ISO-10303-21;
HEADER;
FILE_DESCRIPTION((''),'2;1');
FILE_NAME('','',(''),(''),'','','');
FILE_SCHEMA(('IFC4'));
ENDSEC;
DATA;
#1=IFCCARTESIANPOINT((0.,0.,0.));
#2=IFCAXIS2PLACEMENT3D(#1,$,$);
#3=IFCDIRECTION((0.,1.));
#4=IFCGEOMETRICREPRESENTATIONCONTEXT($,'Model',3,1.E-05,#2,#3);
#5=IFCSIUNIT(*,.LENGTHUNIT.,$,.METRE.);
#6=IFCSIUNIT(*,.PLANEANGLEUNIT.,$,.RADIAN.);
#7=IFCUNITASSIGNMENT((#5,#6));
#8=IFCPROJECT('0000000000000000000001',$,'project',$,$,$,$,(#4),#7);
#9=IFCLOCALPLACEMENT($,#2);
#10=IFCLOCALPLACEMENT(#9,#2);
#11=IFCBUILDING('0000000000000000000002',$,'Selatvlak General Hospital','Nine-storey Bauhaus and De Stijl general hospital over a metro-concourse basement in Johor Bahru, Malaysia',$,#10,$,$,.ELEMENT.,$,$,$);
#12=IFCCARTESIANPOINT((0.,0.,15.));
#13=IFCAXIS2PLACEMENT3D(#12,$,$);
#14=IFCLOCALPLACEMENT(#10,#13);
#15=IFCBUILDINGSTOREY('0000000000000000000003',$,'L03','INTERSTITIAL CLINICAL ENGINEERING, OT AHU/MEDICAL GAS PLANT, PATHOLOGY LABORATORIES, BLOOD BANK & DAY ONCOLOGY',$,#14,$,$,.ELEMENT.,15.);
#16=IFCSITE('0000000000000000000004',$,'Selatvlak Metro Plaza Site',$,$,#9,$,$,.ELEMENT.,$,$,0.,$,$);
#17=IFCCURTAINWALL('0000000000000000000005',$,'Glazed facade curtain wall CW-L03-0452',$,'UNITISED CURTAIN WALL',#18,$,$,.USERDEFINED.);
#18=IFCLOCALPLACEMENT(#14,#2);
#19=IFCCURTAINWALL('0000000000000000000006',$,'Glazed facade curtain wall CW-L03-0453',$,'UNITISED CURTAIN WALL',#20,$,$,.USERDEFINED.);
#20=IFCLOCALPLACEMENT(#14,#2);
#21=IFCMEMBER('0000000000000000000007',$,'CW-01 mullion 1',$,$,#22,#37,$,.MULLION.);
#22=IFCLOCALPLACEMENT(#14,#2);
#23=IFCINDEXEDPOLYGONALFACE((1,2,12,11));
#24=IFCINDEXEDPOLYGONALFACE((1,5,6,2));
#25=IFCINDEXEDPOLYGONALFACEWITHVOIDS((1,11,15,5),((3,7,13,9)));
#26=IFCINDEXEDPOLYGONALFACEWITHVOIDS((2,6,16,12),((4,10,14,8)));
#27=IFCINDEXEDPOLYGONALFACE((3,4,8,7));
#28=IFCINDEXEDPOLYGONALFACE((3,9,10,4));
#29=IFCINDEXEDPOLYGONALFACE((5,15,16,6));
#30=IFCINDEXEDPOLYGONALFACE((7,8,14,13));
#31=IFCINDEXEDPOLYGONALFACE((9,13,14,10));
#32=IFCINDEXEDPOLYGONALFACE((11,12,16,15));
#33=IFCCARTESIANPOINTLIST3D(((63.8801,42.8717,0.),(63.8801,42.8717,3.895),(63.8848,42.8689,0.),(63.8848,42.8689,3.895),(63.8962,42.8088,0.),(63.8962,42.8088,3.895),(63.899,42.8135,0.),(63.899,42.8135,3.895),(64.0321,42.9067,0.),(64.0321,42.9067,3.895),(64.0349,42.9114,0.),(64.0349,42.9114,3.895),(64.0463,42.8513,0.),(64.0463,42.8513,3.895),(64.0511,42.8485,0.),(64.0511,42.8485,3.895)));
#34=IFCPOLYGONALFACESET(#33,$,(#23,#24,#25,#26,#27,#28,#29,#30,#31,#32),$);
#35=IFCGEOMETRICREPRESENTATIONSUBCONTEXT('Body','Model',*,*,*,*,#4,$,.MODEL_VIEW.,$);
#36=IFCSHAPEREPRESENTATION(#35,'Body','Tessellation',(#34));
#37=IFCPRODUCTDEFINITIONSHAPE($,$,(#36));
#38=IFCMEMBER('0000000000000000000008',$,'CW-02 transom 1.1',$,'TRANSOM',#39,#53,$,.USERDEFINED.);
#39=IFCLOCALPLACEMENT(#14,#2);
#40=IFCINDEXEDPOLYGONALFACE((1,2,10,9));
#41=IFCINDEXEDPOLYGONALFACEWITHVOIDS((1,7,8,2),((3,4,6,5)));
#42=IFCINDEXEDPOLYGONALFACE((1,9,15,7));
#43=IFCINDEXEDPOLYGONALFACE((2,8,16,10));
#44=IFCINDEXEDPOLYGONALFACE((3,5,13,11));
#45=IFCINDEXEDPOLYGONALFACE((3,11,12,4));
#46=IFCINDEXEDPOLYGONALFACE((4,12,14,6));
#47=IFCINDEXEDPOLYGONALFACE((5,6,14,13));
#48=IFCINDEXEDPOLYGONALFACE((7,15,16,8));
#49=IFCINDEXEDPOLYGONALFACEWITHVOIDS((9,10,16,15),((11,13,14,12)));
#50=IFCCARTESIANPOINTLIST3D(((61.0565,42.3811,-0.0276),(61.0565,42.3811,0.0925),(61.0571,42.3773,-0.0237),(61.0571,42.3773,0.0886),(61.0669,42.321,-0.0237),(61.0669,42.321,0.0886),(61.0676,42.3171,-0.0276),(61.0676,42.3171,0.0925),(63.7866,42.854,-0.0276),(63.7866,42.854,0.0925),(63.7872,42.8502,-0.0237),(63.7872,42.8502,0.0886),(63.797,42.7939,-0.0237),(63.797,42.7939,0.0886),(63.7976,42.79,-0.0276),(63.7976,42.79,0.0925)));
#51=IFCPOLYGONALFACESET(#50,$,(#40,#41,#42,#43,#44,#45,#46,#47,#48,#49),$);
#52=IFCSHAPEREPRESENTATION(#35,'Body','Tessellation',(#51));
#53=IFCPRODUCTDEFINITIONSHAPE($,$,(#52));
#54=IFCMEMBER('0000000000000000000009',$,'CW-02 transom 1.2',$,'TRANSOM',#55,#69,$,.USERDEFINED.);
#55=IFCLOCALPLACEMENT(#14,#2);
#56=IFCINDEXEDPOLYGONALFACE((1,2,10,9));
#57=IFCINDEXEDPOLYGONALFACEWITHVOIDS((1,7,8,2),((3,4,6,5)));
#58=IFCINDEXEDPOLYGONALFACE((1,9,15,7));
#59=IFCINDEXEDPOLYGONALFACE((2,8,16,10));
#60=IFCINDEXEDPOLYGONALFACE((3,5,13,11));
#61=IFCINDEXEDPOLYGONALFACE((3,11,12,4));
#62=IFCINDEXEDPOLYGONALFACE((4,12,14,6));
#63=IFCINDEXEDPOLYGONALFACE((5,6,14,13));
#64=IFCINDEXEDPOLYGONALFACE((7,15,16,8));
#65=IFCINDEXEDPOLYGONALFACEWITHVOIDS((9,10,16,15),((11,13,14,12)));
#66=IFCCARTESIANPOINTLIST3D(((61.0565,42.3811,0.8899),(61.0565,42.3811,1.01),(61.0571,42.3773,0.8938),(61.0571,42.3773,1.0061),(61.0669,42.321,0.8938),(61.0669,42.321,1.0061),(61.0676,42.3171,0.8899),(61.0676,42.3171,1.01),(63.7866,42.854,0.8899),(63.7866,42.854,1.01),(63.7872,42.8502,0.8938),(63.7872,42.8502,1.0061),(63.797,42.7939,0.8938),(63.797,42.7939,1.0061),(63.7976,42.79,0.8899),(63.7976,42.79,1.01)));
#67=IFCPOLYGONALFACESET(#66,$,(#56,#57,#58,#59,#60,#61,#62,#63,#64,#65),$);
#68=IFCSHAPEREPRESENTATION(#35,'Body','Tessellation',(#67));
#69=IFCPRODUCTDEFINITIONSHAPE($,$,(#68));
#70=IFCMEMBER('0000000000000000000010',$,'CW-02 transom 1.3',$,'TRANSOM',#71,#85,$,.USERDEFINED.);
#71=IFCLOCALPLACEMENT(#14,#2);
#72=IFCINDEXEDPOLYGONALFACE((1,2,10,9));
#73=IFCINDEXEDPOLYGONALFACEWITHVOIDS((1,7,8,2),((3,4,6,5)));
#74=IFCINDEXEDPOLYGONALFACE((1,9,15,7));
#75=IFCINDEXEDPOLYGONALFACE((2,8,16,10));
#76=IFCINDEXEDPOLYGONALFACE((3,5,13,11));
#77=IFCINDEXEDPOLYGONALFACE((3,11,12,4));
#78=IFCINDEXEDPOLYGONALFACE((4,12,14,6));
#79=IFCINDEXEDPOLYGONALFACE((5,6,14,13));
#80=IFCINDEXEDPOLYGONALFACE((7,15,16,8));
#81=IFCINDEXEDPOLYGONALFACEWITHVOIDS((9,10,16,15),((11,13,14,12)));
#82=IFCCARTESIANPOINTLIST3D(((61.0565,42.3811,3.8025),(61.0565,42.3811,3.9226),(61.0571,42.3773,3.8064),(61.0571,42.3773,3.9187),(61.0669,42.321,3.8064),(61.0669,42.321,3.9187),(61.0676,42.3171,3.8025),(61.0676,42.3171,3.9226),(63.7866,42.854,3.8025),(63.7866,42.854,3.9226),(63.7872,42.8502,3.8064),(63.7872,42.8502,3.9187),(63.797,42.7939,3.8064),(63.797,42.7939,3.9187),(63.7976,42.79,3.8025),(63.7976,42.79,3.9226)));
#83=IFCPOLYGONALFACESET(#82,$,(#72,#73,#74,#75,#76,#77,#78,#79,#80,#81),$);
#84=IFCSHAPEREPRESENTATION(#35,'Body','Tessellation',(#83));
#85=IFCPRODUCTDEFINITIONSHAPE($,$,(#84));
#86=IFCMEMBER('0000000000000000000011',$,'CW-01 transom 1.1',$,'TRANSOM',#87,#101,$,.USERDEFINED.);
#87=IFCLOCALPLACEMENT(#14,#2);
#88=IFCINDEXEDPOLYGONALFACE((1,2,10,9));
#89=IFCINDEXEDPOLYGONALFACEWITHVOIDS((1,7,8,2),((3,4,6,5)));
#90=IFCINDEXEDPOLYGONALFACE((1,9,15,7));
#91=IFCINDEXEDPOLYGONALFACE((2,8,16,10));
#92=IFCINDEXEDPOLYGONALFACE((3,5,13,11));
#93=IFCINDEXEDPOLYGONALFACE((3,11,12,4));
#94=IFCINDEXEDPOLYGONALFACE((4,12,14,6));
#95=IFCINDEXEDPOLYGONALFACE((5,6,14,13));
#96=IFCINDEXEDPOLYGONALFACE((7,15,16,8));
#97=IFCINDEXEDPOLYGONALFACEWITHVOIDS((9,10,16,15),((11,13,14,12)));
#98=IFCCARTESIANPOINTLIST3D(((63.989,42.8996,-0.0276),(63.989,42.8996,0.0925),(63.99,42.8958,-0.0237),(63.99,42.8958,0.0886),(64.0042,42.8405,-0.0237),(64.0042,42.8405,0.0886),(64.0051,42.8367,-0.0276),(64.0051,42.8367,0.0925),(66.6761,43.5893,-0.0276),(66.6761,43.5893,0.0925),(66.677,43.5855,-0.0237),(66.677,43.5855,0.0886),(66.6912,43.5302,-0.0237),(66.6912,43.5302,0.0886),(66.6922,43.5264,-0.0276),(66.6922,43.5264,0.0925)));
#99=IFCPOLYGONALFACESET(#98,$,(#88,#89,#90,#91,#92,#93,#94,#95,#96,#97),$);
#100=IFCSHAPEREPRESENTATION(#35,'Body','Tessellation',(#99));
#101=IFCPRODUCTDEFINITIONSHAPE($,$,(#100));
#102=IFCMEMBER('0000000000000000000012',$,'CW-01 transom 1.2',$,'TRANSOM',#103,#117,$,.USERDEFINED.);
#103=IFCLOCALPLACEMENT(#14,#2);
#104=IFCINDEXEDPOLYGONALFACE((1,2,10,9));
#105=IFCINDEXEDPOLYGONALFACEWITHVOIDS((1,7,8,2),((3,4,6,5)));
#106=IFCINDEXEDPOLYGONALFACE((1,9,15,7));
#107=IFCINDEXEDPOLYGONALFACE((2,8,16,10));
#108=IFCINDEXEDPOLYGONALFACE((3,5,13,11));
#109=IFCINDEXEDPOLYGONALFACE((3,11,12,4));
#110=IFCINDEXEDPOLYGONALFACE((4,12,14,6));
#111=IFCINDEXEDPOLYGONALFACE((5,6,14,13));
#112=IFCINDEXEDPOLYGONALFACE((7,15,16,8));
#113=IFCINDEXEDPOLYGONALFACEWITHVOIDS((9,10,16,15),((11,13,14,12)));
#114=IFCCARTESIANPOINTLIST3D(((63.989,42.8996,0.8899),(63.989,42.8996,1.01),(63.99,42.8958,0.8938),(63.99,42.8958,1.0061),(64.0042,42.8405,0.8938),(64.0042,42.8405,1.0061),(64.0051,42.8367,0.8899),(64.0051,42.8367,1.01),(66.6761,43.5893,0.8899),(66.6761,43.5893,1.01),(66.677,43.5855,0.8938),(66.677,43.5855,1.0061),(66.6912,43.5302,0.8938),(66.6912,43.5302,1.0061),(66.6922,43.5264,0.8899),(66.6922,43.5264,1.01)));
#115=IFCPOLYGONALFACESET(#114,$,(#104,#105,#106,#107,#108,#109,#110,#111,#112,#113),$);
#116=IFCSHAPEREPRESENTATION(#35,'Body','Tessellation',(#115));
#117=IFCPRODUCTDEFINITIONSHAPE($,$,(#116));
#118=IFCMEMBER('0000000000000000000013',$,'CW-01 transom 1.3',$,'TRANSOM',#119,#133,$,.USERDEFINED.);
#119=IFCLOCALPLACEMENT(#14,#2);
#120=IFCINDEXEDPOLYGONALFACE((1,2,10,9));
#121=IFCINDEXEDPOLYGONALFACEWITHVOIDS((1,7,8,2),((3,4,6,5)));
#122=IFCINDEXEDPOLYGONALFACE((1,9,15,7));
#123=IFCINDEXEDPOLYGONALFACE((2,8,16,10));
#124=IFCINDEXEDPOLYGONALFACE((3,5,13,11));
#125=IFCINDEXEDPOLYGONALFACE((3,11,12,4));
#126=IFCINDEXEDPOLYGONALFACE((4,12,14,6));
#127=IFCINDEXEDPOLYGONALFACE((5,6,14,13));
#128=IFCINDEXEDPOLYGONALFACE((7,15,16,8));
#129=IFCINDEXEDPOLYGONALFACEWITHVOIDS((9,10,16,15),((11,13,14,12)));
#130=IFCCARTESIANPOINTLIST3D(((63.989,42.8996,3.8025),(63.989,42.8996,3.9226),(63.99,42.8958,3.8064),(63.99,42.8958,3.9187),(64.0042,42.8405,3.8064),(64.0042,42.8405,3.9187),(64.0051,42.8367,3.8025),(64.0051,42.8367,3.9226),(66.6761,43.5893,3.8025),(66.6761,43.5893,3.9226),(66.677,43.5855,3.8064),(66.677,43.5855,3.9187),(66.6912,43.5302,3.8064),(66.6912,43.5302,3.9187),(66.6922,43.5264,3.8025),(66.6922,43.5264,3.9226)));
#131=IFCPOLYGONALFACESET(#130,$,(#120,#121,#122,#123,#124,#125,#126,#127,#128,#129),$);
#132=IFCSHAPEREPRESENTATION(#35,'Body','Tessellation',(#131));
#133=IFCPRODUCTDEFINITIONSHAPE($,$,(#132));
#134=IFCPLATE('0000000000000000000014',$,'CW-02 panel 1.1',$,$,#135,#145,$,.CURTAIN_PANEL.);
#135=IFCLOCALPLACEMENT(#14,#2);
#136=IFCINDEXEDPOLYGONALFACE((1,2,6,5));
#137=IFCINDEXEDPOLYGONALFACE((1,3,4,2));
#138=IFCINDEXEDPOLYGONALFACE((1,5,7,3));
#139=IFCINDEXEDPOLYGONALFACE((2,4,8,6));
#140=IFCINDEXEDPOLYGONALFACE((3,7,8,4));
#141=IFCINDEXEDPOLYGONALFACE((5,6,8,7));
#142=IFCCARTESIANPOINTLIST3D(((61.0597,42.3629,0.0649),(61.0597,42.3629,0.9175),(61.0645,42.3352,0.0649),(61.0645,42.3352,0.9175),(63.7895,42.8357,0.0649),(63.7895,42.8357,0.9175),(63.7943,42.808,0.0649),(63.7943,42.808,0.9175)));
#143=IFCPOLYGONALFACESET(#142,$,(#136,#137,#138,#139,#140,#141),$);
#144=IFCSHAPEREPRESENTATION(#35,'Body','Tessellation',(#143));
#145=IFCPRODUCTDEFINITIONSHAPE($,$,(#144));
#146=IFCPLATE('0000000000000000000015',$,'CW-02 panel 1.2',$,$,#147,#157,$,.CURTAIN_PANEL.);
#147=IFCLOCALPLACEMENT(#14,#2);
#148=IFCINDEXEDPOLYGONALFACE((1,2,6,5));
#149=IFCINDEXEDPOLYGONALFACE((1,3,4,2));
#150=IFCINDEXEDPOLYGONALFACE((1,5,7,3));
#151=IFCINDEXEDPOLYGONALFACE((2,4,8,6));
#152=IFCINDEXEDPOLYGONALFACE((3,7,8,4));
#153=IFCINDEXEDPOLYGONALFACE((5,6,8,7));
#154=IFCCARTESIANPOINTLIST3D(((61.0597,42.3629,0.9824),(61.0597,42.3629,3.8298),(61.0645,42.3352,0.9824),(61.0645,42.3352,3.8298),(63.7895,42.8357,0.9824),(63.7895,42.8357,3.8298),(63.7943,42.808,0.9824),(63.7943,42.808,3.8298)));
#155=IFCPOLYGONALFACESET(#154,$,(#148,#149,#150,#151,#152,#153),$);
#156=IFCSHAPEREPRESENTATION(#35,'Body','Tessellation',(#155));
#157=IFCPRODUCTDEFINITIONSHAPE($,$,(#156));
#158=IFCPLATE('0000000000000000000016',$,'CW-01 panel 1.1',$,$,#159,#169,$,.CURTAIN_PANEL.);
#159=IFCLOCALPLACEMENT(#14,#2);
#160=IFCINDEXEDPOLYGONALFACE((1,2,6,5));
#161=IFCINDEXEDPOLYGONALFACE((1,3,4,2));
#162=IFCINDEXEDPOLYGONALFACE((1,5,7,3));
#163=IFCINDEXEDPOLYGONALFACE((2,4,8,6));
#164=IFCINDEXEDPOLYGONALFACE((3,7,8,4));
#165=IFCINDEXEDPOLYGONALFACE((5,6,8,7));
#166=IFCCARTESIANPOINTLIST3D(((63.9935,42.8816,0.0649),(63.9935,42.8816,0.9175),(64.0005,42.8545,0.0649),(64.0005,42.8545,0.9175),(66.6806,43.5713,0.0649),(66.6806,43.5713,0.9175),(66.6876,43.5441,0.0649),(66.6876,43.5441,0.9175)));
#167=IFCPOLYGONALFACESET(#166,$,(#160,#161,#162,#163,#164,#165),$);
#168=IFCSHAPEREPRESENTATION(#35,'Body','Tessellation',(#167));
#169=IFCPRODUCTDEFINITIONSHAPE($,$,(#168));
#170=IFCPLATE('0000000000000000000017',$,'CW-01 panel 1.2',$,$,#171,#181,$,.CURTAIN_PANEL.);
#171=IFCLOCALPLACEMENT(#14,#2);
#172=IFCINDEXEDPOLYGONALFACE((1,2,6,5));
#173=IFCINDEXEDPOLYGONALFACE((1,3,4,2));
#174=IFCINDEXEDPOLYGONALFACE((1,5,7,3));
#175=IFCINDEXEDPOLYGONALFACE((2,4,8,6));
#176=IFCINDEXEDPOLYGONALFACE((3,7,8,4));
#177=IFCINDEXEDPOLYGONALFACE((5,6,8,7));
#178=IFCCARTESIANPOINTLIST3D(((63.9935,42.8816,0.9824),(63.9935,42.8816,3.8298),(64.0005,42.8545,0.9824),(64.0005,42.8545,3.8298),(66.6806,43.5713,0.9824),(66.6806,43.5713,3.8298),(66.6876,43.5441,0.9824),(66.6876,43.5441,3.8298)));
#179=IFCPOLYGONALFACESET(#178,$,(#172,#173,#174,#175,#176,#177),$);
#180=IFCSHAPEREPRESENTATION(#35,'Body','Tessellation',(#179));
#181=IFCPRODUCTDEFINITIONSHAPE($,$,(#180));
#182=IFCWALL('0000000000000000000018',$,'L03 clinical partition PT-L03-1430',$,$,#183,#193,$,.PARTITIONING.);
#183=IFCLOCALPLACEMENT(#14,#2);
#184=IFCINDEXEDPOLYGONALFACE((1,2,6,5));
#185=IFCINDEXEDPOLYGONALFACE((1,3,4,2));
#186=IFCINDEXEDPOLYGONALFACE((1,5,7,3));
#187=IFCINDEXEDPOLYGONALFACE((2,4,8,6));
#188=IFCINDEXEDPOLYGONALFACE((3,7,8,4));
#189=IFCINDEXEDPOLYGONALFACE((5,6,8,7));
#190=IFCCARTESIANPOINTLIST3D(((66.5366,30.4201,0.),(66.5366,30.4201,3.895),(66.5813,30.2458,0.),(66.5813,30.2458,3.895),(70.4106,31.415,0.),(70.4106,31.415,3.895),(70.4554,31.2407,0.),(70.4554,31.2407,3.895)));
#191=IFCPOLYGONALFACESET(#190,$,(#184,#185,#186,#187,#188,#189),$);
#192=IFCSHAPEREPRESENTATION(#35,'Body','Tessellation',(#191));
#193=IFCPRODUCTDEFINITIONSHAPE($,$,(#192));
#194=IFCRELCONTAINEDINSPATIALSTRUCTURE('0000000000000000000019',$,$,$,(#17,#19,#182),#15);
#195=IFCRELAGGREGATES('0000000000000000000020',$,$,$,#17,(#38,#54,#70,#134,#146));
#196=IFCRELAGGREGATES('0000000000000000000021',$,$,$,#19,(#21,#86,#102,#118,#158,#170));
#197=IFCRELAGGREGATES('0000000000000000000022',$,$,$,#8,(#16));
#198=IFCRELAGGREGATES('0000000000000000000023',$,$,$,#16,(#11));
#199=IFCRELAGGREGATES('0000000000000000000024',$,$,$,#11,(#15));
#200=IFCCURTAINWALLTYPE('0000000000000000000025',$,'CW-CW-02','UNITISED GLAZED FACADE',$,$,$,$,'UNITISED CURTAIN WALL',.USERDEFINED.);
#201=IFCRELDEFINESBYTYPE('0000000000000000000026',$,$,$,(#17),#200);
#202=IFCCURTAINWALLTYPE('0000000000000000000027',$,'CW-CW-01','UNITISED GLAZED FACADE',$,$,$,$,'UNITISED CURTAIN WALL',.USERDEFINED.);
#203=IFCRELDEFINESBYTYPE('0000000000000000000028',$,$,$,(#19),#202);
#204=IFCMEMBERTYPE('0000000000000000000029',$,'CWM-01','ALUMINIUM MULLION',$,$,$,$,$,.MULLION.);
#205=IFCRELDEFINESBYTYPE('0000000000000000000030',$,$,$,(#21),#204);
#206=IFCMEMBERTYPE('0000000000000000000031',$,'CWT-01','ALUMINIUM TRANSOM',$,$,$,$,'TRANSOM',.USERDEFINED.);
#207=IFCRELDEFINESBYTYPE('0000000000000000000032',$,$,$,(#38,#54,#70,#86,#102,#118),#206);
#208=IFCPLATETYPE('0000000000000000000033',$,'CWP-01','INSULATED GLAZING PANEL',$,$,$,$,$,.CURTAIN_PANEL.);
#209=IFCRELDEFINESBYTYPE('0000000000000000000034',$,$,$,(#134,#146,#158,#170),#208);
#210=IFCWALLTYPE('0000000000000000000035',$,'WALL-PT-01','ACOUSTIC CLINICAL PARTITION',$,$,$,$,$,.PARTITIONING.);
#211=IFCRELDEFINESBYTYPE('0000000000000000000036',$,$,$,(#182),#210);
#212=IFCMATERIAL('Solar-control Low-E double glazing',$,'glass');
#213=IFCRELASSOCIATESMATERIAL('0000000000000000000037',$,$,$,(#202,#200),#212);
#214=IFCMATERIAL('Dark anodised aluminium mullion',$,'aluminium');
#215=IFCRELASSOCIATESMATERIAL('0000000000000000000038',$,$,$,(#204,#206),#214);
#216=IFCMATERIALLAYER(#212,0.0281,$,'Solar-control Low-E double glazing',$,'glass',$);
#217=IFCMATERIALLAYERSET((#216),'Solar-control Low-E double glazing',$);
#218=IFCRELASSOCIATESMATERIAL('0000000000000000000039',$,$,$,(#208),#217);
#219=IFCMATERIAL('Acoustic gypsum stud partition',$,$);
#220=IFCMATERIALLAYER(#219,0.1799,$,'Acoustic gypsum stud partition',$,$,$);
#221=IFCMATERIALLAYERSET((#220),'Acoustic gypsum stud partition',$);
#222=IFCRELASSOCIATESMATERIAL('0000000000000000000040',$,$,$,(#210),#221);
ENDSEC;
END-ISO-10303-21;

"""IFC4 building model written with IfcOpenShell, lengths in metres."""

from ifc_helpers import new_model, si_unit, direction, frame, frame_2d, origin, origin_2d, place, context, subcontext, project, spatial, rectangle, hollow_rectangle, extrude, material, layer, layer_set, material_profile, profile_set, type_object, element, aggregate, save


model = new_model("IFC4")

# Units and contexts
model_context = context("Model", 3, precision=1e-05, world=origin(), true_north=direction((0.0, 1.0)))
body_context = subcontext(model_context, "Body", "Model", "MODEL_VIEW")
ifc_project = project(units=[si_unit("LENGTHUNIT", "METRE"), si_unit("PLANEANGLEUNIT", "RADIAN")], contexts=[model_context])

# Site, building, storey
site_placement = place(None, origin())
site = spatial("IfcSite", under=ifc_project, at=site_placement, Name="Selatvlak Metro Plaza Site", CompositionType="ELEMENT", RefElevation=0.0)
building_placement = place(site_placement, origin())
building = spatial("IfcBuilding", under=site, at=building_placement, Name="Selatvlak General Hospital", Description="Nine-storey Bauhaus and De Stijl general hospital over a metro-concourse basement in Johor Bahru, Malaysia", CompositionType="ELEMENT")
storey_placement = place(building_placement, frame((0.0, 0.0, 15.0)))
storey = spatial("IfcBuildingStorey", under=building, at=storey_placement, Name="L03", Description="INTERSTITIAL CLINICAL ENGINEERING, OT AHU/MEDICAL GAS PLANT, PATHOLOGY LABORATORIES, BLOOD BANK & DAY ONCOLOGY", CompositionType="ELEMENT", Elevation=15.0)

# Shared definitions
ifc_material_1 = material(Name="Solar-control Low-E double glazing", Category="glass")
curtain_wall_type_1 = type_object("IfcCurtainWallType", Name="CW-CW-01", Description="UNITISED GLAZED FACADE", ElementType="UNITISED CURTAIN WALL", PredefinedType="USERDEFINED", material=ifc_material_1)
ifc_material_2 = material(Name="Dark anodised aluminium mullion", Category="aluminium")
ifc_material_profile_1 = material_profile(ifc_material_2, hollow_rectangle(XDim=0.0649, YDim=0.1599, WallThickness=0.0039, at=origin_2d()), Name="AL-MUL 65x160x4")
ifc_profile_set_1 = profile_set([ifc_material_profile_1], Name="Dark anodised aluminium mullion")
member_type_1 = type_object("IfcMemberType", Name="CWM-01", Description="ALUMINIUM MULLION", PredefinedType="MULLION", material=ifc_profile_set_1)

# Curtain wall
curtain_wall_type_2 = type_object("IfcCurtainWallType", Name="CW-CW-02", Description="UNITISED GLAZED FACADE", ElementType="UNITISED CURTAIN WALL", PredefinedType="USERDEFINED", material=ifc_material_1)
curtain_wall_1_placement = place(storey_placement, origin())
curtain_wall_1 = element("IfcCurtainWall", 1, at=curtain_wall_1_placement, inside=storey, type_object=curtain_wall_type_2, Name="Glazed facade curtain wall CW-L03-0452", ObjectType="UNITISED CURTAIN WALL", PredefinedType="USERDEFINED")

# Curtain wall, member
curtain_wall_2_placement = place(storey_placement, origin())
curtain_wall_2 = element("IfcCurtainWall", 2, at=curtain_wall_2_placement, inside=storey, type_object=curtain_wall_type_1, Name="Glazed facade curtain wall CW-L03-0453", ObjectType="UNITISED CURTAIN WALL", PredefinedType="USERDEFINED")
member_1_placement = place(storey_placement, frame((63.9656, 42.8601, 0.0), z_axis=(0.0, 0.0, 1.0), x_axis=(-0.248607, 0.968604, 0.0)))
member_1 = element("IfcMember", 3, at=member_1_placement, type_object=member_type_1, Name="CW-01 mullion 1", PredefinedType="MULLION", context=body_context, shape_type="SweptSolid", body=[
    extrude(hollow_rectangle(XDim=0.0649, YDim=0.1599, WallThickness=0.0039, at=origin_2d()), origin(), (0.0, 0.0, 1.0), 3.895),
])

# Members
ifc_material_profile_2 = material_profile(ifc_material_2, hollow_rectangle(XDim=0.0649, YDim=0.1201, WallThickness=0.0039, at=origin_2d()), Name="AL-TRN 65x120x4")
ifc_profile_set_2 = profile_set([ifc_material_profile_2], Name="Dark anodised aluminium mullion")
member_type_2 = type_object("IfcMemberType", Name="CWT-01", Description="ALUMINIUM TRANSOM", ElementType="TRANSOM", PredefinedType="USERDEFINED", material=ifc_profile_set_2)
member_2_placement = place(storey_placement, frame((61.062, 42.3491, 0.0325), z_axis=(0.985326, 0.170683, 0.0), x_axis=(-0.170683, 0.985326, 0.0)))
member_2 = element("IfcMember", 4, at=member_2_placement, type_object=member_type_2, Name="CW-02 transom 1.1", ObjectType="TRANSOM", PredefinedType="USERDEFINED", context=body_context, shape_type="SweptSolid", body=[
    extrude(hollow_rectangle(XDim=0.0649, YDim=0.1201, WallThickness=0.0039, at=origin_2d()), origin(), (0.0, 0.0, 1.0), 2.7708),
])
member_3_placement = place(storey_placement, frame((61.062, 42.3491, 0.95), z_axis=(0.985326, 0.170683, 0.0), x_axis=(-0.170683, 0.985326, 0.0)))
member_3 = element("IfcMember", 5, at=member_3_placement, type_object=member_type_2, Name="CW-02 transom 1.2", ObjectType="TRANSOM", PredefinedType="USERDEFINED", context=body_context, shape_type="SweptSolid", body=[
    extrude(hollow_rectangle(XDim=0.0649, YDim=0.1201, WallThickness=0.0039, at=origin_2d()), origin(), (0.0, 0.0, 1.0), 2.7708),
])
member_4_placement = place(storey_placement, frame((61.062, 42.3491, 3.8625), z_axis=(0.985326, 0.170683, 0.0), x_axis=(-0.170683, 0.985326, 0.0)))
member_4 = element("IfcMember", 6, at=member_4_placement, type_object=member_type_2, Name="CW-02 transom 1.3", ObjectType="TRANSOM", PredefinedType="USERDEFINED", context=body_context, shape_type="SweptSolid", body=[
    extrude(hollow_rectangle(XDim=0.0649, YDim=0.1201, WallThickness=0.0039, at=origin_2d()), origin(), (0.0, 0.0, 1.0), 2.7708),
])
member_5_placement = place(storey_placement, frame((63.9971, 42.8682, 0.0325), z_axis=(0.968601, 0.248619, 0.0), x_axis=(-0.248619, 0.968601, 0.0)))
member_5 = element("IfcMember", 7, at=member_5_placement, type_object=member_type_2, Name="CW-01 transom 1.1", ObjectType="TRANSOM", PredefinedType="USERDEFINED", context=body_context, shape_type="SweptSolid", body=[
    extrude(hollow_rectangle(XDim=0.0649, YDim=0.1201, WallThickness=0.0039, at=origin_2d()), origin(), (0.0, 0.0, 1.0), 2.7742),
])
member_6_placement = place(storey_placement, frame((63.9971, 42.8682, 0.95), z_axis=(0.968601, 0.248619, 0.0), x_axis=(-0.248619, 0.968601, 0.0)))
member_6 = element("IfcMember", 8, at=member_6_placement, type_object=member_type_2, Name="CW-01 transom 1.2", ObjectType="TRANSOM", PredefinedType="USERDEFINED", context=body_context, shape_type="SweptSolid", body=[
    extrude(hollow_rectangle(XDim=0.0649, YDim=0.1201, WallThickness=0.0039, at=origin_2d()), origin(), (0.0, 0.0, 1.0), 2.7742),
])
member_7_placement = place(storey_placement, frame((63.9971, 42.8682, 3.8625), z_axis=(0.968601, 0.248619, 0.0), x_axis=(-0.248619, 0.968601, 0.0)))
member_7 = element("IfcMember", 9, at=member_7_placement, type_object=member_type_2, Name="CW-01 transom 1.3", ObjectType="TRANSOM", PredefinedType="USERDEFINED", context=body_context, shape_type="SweptSolid", body=[
    extrude(hollow_rectangle(XDim=0.0649, YDim=0.1201, WallThickness=0.0039, at=origin_2d()), origin(), (0.0, 0.0, 1.0), 2.7742),
])

# Plates
ifc_layer_1 = layer(ifc_material_1, 0.0281, Name="Solar-control Low-E double glazing", Category="glass")
ifc_layer_set_1 = layer_set([ifc_layer_1], Name="Solar-control Low-E double glazing")
plate_type = type_object("IfcPlateType", Name="CWP-01", Description="INSULATED GLAZING PANEL", PredefinedType="CURTAIN_PANEL", material=ifc_layer_set_1)
plate_1_placement = place(storey_placement, frame((62.427, 42.5854, 0.0649), z_axis=(0.0, 0.0, 1.0), x_axis=(0.98533, 0.170657, 0.0)))
plate_1 = element("IfcPlate", 10, at=plate_1_placement, type_object=plate_type, Name="CW-02 panel 1.1", PredefinedType="CURTAIN_PANEL", context=body_context, shape_type="SweptSolid", body=[
    extrude(rectangle(XDim=2.7705, YDim=0.0281, at=origin_2d()), origin(), (0.0, 0.0, 1.0), 0.8525),
])
plate_2_placement = place(storey_placement, frame((62.427, 42.5854, 0.9824), z_axis=(0.0, 0.0, 1.0), x_axis=(0.98533, 0.170657, 0.0)))
plate_2 = element("IfcPlate", 11, at=plate_2_placement, type_object=plate_type, Name="CW-02 panel 1.2", PredefinedType="CURTAIN_PANEL", context=body_context, shape_type="SweptSolid", body=[
    extrude(rectangle(XDim=2.7705, YDim=0.0281, at=origin_2d()), origin(), (0.0, 0.0, 1.0), 2.8474),
])
aggregate(curtain_wall_1, [member_2, member_3, member_4, plate_1, plate_2])
plate_3_placement = place(storey_placement, frame((65.3406, 43.2129, 0.0649), z_axis=(0.0, 0.0, 1.0), x_axis=(0.968604, 0.248607, 0.0)))
plate_3 = element("IfcPlate", 12, at=plate_3_placement, type_object=plate_type, Name="CW-01 panel 1.1", PredefinedType="CURTAIN_PANEL", context=body_context, shape_type="SweptSolid", body=[
    extrude(rectangle(XDim=2.7742, YDim=0.0281, at=origin_2d()), origin(), (0.0, 0.0, 1.0), 0.8525),
])
plate_4_placement = place(storey_placement, frame((65.3406, 43.2129, 0.9824), z_axis=(0.0, 0.0, 1.0), x_axis=(0.968604, 0.248607, 0.0)))
plate_4 = element("IfcPlate", 13, at=plate_4_placement, type_object=plate_type, Name="CW-01 panel 1.2", PredefinedType="CURTAIN_PANEL", context=body_context, shape_type="SweptSolid", body=[
    extrude(rectangle(XDim=2.7742, YDim=0.0281, at=origin_2d()), origin(), (0.0, 0.0, 1.0), 2.8474),
])
aggregate(curtain_wall_2, [member_1, member_5, member_6, member_7, plate_3, plate_4])

# Wall
ifc_material_3 = material(Name="Acoustic gypsum stud partition")
ifc_layer_2 = layer(ifc_material_3, 0.1799, Name="Acoustic gypsum stud partition")
ifc_layer_set_2 = layer_set([ifc_layer_2], Name="Acoustic gypsum stud partition")
wall_type_1 = type_object("IfcWallType", Name="WALL-PT-01", Description="ACOUSTIC CLINICAL PARTITION", PredefinedType="PARTITIONING", material=ifc_layer_set_2)
wall_1_placement = place(storey_placement, frame((70.4331, 31.3279, 0.0), z_axis=(0.0, 0.0, 1.0), x_axis=(-0.968572, -0.248735, 0.0)))
element("IfcWall", 14, at=wall_1_placement, inside=storey, type_object=wall_type_1, Name="L03 clinical partition PT-L03-1430", PredefinedType="PARTITIONING", context=body_context, shape_type="SweptSolid", body=[
    extrude(rectangle(XDim=3.9998, YDim=0.1799, at=frame_2d((2.0, 0.0))), origin(), (0.0, 0.0, 1.0), 3.895),
])

save(model, "model.ifc")
